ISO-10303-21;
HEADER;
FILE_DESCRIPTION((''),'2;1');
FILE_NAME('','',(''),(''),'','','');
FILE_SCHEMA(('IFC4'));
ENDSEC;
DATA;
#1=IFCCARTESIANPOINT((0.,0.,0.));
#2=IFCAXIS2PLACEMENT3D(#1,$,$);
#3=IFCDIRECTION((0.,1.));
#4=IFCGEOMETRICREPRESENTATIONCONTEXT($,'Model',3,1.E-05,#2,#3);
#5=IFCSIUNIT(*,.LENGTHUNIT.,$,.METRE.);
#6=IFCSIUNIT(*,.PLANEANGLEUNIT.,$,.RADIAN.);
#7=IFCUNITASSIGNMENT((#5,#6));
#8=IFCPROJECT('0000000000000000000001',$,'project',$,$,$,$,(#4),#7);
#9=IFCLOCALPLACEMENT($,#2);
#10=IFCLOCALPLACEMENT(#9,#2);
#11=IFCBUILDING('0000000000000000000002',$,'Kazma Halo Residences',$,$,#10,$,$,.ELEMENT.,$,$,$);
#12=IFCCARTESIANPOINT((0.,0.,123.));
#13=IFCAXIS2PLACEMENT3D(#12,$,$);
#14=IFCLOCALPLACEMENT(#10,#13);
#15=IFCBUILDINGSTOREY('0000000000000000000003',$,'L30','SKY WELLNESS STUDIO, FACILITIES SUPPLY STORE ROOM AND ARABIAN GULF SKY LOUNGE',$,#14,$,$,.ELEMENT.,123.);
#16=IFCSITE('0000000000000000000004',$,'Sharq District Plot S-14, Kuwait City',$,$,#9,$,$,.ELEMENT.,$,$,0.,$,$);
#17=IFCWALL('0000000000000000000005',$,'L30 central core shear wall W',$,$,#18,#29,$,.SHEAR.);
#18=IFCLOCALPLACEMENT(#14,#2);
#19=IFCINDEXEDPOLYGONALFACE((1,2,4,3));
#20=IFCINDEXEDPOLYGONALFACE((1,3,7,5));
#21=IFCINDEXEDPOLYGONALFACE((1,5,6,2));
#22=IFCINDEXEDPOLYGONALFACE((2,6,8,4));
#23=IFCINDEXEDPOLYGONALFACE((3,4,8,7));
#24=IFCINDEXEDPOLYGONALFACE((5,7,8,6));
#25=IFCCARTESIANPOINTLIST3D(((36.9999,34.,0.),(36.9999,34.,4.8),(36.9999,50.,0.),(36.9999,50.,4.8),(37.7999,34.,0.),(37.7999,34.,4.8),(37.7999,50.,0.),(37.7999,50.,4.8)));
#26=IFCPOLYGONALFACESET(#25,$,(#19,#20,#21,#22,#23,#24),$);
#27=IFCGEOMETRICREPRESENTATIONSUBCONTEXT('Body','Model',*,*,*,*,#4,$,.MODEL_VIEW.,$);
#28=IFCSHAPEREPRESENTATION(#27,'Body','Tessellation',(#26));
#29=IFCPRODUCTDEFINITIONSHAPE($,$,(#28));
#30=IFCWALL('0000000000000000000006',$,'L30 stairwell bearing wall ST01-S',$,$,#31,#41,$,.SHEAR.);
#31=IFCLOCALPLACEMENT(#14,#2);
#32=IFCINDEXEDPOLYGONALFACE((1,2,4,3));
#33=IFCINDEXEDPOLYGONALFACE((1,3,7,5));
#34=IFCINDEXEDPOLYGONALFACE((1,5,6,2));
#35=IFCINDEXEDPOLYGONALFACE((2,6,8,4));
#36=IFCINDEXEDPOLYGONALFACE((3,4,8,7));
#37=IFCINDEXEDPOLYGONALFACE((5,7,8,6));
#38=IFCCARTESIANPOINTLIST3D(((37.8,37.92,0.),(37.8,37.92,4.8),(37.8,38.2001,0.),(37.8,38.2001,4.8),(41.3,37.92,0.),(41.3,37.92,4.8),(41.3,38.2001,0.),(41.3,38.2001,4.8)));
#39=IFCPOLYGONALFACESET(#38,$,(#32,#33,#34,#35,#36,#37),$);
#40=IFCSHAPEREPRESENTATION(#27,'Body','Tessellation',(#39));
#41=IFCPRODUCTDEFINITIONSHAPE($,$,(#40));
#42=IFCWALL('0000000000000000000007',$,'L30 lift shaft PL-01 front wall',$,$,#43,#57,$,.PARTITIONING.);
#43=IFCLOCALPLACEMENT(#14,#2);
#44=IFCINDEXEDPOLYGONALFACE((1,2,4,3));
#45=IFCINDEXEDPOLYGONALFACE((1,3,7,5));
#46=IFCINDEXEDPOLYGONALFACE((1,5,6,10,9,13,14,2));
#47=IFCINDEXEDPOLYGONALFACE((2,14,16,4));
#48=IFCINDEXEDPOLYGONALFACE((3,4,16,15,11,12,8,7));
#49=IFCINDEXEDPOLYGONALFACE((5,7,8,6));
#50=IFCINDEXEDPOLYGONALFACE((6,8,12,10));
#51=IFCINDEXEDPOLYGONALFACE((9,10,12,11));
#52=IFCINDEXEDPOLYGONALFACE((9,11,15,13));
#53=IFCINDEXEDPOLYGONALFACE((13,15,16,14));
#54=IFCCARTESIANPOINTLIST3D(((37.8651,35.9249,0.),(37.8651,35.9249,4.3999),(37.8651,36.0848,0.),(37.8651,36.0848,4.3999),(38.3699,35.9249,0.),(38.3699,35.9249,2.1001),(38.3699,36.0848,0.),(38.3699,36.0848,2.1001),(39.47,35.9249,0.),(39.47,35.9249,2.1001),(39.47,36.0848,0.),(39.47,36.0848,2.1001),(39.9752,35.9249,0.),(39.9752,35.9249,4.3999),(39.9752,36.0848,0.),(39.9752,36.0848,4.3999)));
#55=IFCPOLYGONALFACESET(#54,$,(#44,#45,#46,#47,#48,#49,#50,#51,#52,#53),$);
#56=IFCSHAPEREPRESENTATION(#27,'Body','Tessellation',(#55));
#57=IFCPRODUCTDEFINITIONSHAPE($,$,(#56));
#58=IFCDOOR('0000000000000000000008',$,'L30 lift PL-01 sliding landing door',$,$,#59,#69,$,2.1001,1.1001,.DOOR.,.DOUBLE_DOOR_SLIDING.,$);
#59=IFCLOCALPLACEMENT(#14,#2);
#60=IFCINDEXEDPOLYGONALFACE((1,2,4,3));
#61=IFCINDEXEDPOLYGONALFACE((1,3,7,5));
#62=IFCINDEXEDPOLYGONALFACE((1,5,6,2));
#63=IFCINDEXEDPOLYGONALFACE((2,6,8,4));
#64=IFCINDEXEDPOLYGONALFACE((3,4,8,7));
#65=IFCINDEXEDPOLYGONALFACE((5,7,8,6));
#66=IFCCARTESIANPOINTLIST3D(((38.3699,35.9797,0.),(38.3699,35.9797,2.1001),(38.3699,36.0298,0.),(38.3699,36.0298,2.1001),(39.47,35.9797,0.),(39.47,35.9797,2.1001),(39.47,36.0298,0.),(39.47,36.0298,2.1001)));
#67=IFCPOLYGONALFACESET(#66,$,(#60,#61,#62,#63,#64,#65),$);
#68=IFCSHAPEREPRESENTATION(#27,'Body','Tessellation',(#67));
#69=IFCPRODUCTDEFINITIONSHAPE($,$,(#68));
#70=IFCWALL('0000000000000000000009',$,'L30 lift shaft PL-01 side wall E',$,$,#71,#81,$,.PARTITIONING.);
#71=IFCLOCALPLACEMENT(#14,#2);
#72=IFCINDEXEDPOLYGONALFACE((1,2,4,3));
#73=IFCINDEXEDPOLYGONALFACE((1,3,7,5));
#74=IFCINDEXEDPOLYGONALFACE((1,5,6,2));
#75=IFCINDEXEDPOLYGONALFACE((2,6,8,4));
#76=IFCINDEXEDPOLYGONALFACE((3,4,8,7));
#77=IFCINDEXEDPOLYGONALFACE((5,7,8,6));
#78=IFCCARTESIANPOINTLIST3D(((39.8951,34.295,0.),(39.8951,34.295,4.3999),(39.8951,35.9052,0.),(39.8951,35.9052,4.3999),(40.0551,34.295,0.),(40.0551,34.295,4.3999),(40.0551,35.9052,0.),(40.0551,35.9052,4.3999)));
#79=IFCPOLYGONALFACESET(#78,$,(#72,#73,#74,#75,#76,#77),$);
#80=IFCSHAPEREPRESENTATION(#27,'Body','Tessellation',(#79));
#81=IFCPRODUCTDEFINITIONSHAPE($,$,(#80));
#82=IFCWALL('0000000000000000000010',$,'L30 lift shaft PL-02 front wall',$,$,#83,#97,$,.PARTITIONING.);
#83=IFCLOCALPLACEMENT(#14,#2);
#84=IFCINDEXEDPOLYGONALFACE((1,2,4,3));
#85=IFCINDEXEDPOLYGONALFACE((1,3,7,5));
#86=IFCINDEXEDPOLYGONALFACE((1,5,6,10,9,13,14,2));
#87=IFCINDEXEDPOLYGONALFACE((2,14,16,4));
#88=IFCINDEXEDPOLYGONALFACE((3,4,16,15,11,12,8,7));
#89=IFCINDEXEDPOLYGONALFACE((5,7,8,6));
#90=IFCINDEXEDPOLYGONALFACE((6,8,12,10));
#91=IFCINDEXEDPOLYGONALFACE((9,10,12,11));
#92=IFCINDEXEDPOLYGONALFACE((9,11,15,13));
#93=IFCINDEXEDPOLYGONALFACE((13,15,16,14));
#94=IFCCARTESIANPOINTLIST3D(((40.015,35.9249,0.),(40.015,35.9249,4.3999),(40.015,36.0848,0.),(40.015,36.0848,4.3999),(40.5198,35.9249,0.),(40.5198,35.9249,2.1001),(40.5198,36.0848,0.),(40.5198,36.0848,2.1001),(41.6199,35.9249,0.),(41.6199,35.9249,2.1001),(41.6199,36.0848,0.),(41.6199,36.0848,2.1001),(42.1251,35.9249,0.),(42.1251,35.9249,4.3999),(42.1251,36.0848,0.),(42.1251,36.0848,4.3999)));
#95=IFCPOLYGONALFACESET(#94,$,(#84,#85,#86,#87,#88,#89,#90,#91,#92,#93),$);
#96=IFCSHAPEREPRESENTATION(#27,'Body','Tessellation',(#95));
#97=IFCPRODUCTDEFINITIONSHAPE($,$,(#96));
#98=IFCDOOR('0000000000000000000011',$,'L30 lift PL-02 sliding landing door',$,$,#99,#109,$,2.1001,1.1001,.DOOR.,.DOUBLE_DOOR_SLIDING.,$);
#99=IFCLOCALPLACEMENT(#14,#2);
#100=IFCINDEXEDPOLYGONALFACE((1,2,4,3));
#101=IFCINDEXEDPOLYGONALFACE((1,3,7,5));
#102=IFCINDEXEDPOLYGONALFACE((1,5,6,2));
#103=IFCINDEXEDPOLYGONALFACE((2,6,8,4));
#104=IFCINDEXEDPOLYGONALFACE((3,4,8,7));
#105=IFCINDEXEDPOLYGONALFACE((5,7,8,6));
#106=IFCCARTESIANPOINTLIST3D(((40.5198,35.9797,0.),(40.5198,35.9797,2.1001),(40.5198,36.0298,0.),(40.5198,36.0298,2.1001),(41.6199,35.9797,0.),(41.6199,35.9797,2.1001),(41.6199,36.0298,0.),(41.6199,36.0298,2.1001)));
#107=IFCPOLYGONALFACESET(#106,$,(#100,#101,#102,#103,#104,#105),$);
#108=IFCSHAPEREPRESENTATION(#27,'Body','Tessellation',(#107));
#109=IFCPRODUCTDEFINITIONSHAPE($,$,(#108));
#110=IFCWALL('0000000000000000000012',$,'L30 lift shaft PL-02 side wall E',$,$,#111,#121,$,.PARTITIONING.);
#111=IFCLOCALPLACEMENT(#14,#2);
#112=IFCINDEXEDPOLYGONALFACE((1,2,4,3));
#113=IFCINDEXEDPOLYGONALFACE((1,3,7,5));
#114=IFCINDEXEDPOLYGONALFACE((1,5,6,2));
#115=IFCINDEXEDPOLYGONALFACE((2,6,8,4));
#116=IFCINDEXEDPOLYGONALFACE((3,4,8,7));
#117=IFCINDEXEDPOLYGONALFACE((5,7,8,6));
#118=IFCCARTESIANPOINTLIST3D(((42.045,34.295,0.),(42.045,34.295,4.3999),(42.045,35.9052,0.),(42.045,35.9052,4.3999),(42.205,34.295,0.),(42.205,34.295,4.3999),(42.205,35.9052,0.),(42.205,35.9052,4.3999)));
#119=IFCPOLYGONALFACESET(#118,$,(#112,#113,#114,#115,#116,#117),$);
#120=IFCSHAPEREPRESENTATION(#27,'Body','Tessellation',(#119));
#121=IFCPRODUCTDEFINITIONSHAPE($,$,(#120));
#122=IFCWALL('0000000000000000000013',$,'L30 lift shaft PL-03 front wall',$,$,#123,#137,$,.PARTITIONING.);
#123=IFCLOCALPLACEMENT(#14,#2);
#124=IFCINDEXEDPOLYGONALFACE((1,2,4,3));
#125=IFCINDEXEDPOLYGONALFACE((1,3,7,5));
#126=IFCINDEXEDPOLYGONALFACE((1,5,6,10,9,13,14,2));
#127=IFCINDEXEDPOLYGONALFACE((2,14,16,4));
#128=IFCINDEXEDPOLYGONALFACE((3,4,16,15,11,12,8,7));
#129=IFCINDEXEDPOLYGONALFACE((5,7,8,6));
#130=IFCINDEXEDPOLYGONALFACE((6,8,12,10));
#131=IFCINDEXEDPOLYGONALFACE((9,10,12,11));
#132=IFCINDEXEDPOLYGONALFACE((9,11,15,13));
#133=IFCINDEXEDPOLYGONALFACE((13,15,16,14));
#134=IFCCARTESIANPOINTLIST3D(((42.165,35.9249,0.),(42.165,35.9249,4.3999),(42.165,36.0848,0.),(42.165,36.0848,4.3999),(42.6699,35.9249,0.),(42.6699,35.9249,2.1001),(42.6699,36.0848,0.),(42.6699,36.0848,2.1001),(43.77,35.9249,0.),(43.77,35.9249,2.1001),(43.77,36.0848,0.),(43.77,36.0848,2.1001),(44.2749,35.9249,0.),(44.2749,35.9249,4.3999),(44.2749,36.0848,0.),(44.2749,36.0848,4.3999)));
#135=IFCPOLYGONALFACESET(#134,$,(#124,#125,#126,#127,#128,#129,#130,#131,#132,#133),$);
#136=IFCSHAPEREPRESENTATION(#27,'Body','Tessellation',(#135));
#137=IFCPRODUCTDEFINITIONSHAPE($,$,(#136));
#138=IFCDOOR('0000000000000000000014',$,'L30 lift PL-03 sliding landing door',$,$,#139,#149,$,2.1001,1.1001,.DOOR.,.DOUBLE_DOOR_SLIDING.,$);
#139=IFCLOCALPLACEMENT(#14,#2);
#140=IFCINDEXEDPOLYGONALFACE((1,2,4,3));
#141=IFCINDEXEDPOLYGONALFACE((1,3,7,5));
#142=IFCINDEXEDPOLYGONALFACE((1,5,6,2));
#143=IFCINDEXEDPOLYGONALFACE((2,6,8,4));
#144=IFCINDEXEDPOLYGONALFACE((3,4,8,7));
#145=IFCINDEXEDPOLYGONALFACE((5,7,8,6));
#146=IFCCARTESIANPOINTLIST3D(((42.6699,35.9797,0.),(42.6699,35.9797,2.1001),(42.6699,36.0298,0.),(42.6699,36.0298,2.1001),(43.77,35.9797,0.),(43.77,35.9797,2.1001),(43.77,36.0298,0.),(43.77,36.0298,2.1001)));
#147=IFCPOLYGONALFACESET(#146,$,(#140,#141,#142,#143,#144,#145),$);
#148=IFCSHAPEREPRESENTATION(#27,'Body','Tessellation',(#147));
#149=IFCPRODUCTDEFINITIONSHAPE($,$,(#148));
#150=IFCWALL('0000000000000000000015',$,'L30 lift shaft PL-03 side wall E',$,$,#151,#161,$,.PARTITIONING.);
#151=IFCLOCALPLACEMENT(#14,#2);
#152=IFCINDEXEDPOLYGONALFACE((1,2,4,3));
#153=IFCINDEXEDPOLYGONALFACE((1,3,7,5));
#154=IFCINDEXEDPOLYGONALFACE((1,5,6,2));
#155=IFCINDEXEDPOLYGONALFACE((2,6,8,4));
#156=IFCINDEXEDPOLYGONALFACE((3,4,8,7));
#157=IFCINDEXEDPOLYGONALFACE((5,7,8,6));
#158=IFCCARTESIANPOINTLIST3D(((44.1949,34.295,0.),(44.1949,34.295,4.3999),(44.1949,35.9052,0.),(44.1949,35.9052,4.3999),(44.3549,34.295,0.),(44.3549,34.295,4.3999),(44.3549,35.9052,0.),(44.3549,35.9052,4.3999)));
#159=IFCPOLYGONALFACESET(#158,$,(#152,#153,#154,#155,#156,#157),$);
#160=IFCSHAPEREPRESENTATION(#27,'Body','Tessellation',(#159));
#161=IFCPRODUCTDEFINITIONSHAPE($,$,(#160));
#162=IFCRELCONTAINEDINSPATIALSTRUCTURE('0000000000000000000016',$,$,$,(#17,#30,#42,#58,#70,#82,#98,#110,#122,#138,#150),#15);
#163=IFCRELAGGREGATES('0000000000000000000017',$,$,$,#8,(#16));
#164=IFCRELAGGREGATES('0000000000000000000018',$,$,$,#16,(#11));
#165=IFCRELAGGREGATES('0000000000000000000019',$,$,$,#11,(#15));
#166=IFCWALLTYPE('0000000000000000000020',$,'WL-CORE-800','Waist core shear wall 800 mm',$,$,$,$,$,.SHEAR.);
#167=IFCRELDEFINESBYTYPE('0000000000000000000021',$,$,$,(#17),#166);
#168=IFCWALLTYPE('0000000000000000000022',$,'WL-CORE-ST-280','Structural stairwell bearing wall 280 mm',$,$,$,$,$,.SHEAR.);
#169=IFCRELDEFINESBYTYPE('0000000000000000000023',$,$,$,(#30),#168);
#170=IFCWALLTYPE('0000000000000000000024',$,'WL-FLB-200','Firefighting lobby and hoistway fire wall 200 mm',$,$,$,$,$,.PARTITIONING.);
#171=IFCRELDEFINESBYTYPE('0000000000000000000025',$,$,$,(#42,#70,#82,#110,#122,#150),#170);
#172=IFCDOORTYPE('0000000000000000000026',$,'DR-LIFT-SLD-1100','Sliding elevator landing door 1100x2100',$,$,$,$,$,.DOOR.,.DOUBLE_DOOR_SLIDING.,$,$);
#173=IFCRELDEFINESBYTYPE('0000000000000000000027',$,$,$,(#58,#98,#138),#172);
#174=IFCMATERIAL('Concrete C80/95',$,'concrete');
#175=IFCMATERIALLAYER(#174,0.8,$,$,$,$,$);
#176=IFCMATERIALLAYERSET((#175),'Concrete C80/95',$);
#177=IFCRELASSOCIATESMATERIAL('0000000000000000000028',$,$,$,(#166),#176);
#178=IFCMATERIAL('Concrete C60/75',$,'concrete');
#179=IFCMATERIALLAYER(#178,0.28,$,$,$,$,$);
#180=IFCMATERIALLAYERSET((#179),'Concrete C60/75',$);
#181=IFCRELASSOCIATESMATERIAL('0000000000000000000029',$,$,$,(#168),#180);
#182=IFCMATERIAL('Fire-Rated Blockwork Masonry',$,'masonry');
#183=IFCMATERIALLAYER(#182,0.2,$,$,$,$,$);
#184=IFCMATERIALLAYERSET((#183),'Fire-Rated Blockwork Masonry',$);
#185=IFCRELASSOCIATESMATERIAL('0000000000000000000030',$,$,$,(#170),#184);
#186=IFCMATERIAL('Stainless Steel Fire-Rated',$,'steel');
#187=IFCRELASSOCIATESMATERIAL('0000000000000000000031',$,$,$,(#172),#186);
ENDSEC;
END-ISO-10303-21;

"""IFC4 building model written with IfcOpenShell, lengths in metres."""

from ifc_helpers import new_model, si_unit, direction, frame, frame_2d, origin, place, context, subcontext, project, spatial, rectangle, extrude, material, layer, layer_set, type_object, element, fill, save


model = new_model("IFC4")

# Units and contexts
model_context = context("Model", 3, precision=1e-05, world=origin(), true_north=direction((0.0, 1.0)))
body_context = subcontext(model_context, "Body", "Model", "MODEL_VIEW")
ifc_project = project(units=[si_unit("LENGTHUNIT", "METRE"), si_unit("PLANEANGLEUNIT", "RADIAN")], contexts=[model_context])

# Site, building, storey
site_placement = place(None, origin())
site = spatial("IfcSite", under=ifc_project, at=site_placement, Name="Sharq District Plot S-14, Kuwait City", CompositionType="ELEMENT", RefElevation=0.0)
building_placement = place(site_placement, origin())
building = spatial("IfcBuilding", under=site, at=building_placement, Name="Kazma Halo Residences", CompositionType="ELEMENT")
storey_placement = place(building_placement, frame((0.0, 0.0, 123.0)))
storey = spatial("IfcBuildingStorey", under=building, at=storey_placement, Name="L30", Description="SKY WELLNESS STUDIO, FACILITIES SUPPLY STORE ROOM AND ARABIAN GULF SKY LOUNGE", CompositionType="ELEMENT", Elevation=123.0)

# Walls
ifc_material_1 = material(Name="Concrete C80/95", Category="concrete")
ifc_layer_1 = layer(ifc_material_1, 0.8)
ifc_layer_set_1 = layer_set([ifc_layer_1], Name="Concrete C80/95")
wall_type_1 = type_object("IfcWallType", Name="WL-CORE-800", Description="Waist core shear wall 800 mm", PredefinedType="SHEAR", material=ifc_layer_set_1)
wall_1_placement = place(storey_placement, frame((37.3999, 34.0, 0.0), z_axis=(0.0, 0.0, 1.0), x_axis=(0.0, 1.0, 0.0)))
element("IfcWall", 1, at=wall_1_placement, inside=storey, type_object=wall_type_1, Name="L30 central core shear wall W", PredefinedType="SHEAR", context=body_context, shape_type="SweptSolid", body=[
    extrude(rectangle(XDim=16.0, YDim=0.8, at=frame_2d((8.0, 0.0))), origin(), (0.0, 0.0, 1.0), 4.8),
])
ifc_material_2 = material(Name="Concrete C60/75", Category="concrete")
ifc_layer_2 = layer(ifc_material_2, 0.28)
ifc_layer_set_2 = layer_set([ifc_layer_2], Name="Concrete C60/75")
wall_type_2 = type_object("IfcWallType", Name="WL-CORE-ST-280", Description="Structural stairwell bearing wall 280 mm", PredefinedType="SHEAR", material=ifc_layer_set_2)
wall_2_placement = place(storey_placement, frame((37.8, 38.0601, 0.0), z_axis=(0.0, 0.0, 1.0), x_axis=(1.0, 0.0, 0.0)))
element("IfcWall", 2, at=wall_2_placement, inside=storey, type_object=wall_type_2, Name="L30 stairwell bearing wall ST01-S", PredefinedType="SHEAR", context=body_context, shape_type="SweptSolid", body=[
    extrude(rectangle(XDim=3.5, YDim=0.28, at=frame_2d((1.75, 0.0))), origin(), (0.0, 0.0, 1.0), 4.8),
])

# Wall, opening, door
ifc_material_3 = material(Name="Fire-Rated Blockwork Masonry", Category="masonry")
ifc_layer_3 = layer(ifc_material_3, 0.2)
ifc_layer_set_3 = layer_set([ifc_layer_3], Name="Fire-Rated Blockwork Masonry")
wall_type_3 = type_object("IfcWallType", Name="WL-FLB-200", Description="Firefighting lobby and hoistway fire wall 200 mm", PredefinedType="PARTITIONING", material=ifc_layer_set_3)
wall_3_placement = place(storey_placement, frame((37.865, 36.0049, 0.0), z_axis=(0.0, 0.0, 1.0), x_axis=(1.0, 0.0, 0.0)))
wall_3 = element("IfcWall", 3, at=wall_3_placement, inside=storey, type_object=wall_type_3, Name="L30 lift shaft PL-01 front wall", PredefinedType="PARTITIONING", context=body_context, shape_type="SweptSolid", body=[
    extrude(rectangle(XDim=2.1101, YDim=0.1599, at=frame_2d((1.0552, 0.0))), origin(), (0.0, 0.0, 1.0), 4.3999),
])
opening_1_placement = place(wall_3_placement, frame((0.5049, 0.0, 0.0)))
opening_1 = element("IfcOpeningElement", 4, at=opening_1_placement, cuts=wall_3, PredefinedType="OPENING", context=body_context, shape_type="SweptSolid", body=[
    extrude(rectangle(XDim=1.1001, YDim=2.1001, at=frame_2d((0.55, 1.05))), frame((0.0, 0.0898, 0.0), z_axis=(0.0, -1.0, 0.0), x_axis=(1.0, 0.0, 0.0)), (0.0, 0.0, 1.0), 0.1799),
])
ifc_material_4 = material(Name="Stainless Steel Fire-Rated", Category="steel")
door_type_1 = type_object("IfcDoorType", Name="DR-LIFT-SLD-1100", Description="Sliding elevator landing door 1100x2100", OperationType="DOUBLE_DOOR_SLIDING", PredefinedType="DOOR", material=ifc_material_4)
door_1_placement = place(opening_1_placement, origin())
door_1 = element("IfcDoor", 5, at=door_1_placement, inside=storey, type_object=door_type_1, Name="L30 lift PL-01 sliding landing door", OperationType="DOUBLE_DOOR_SLIDING", OverallHeight=2.1001, OverallWidth=1.1001, PredefinedType="DOOR", context=body_context, shape_type="SweptSolid", body=[
    extrude(rectangle(XDim=1.1001, YDim=2.1001, at=frame_2d((0.55, 1.05))), frame((0.0, 0.0249, 0.0), z_axis=(0.0, -1.0, 0.0), x_axis=(1.0, 0.0, 0.0)), (0.0, 0.0, 1.0), 0.05),
])
fill(opening_1, door_1)

# Wall
wall_4_placement = place(storey_placement, frame((39.9751, 34.2949, 0.0), z_axis=(0.0, 0.0, 1.0), x_axis=(0.0, 1.0, 0.0)))
element("IfcWall", 6, at=wall_4_placement, inside=storey, type_object=wall_type_3, Name="L30 lift shaft PL-01 side wall E", PredefinedType="PARTITIONING", context=body_context, shape_type="SweptSolid", body=[
    extrude(rectangle(XDim=1.6101, YDim=0.1599, at=frame_2d((0.8052, 0.0))), origin(), (0.0, 0.0, 1.0), 4.3999),
])

# Wall, opening, door
wall_5_placement = place(storey_placement, frame((40.0149, 36.0049, 0.0), z_axis=(0.0, 0.0, 1.0), x_axis=(1.0, 0.0, 0.0)))
wall_5 = element("IfcWall", 7, at=wall_5_placement, inside=storey, type_object=wall_type_3, Name="L30 lift shaft PL-02 front wall", PredefinedType="PARTITIONING", context=body_context, shape_type="SweptSolid", body=[
    extrude(rectangle(XDim=2.1101, YDim=0.1599, at=frame_2d((1.0552, 0.0))), origin(), (0.0, 0.0, 1.0), 4.3999),
])
opening_2_placement = place(wall_5_placement, frame((0.5049, 0.0, 0.0)))
opening_2 = element("IfcOpeningElement", 8, at=opening_2_placement, cuts=wall_5, PredefinedType="OPENING", context=body_context, shape_type="SweptSolid", body=[
    extrude(rectangle(XDim=1.1001, YDim=2.1001, at=frame_2d((0.55, 1.05))), frame((0.0, 0.0898, 0.0), z_axis=(0.0, -1.0, 0.0), x_axis=(1.0, 0.0, 0.0)), (0.0, 0.0, 1.0), 0.1799),
])
door_2_placement = place(opening_2_placement, origin())
door_2 = element("IfcDoor", 9, at=door_2_placement, inside=storey, type_object=door_type_1, Name="L30 lift PL-02 sliding landing door", OperationType="DOUBLE_DOOR_SLIDING", OverallHeight=2.1001, OverallWidth=1.1001, PredefinedType="DOOR", context=body_context, shape_type="SweptSolid", body=[
    extrude(rectangle(XDim=1.1001, YDim=2.1001, at=frame_2d((0.55, 1.05))), frame((0.0, 0.0249, 0.0), z_axis=(0.0, -1.0, 0.0), x_axis=(1.0, 0.0, 0.0)), (0.0, 0.0, 1.0), 0.05),
])
fill(opening_2, door_2)

# Wall
wall_6_placement = place(storey_placement, frame((42.125, 34.2949, 0.0), z_axis=(0.0, 0.0, 1.0), x_axis=(0.0, 1.0, 0.0)))
element("IfcWall", 10, at=wall_6_placement, inside=storey, type_object=wall_type_3, Name="L30 lift shaft PL-02 side wall E", PredefinedType="PARTITIONING", context=body_context, shape_type="SweptSolid", body=[
    extrude(rectangle(XDim=1.6101, YDim=0.1599, at=frame_2d((0.8052, 0.0))), origin(), (0.0, 0.0, 1.0), 4.3999),
])

# Wall, opening, door
wall_7_placement = place(storey_placement, frame((42.165, 36.0049, 0.0), z_axis=(0.0, 0.0, 1.0), x_axis=(1.0, 0.0, 0.0)))
wall_7 = element("IfcWall", 11, at=wall_7_placement, inside=storey, type_object=wall_type_3, Name="L30 lift shaft PL-03 front wall", PredefinedType="PARTITIONING", context=body_context, shape_type="SweptSolid", body=[
    extrude(rectangle(XDim=2.1099, YDim=0.1599, at=frame_2d((1.0549, 0.0))), origin(), (0.0, 0.0, 1.0), 4.3999),
])
opening_3_placement = place(wall_7_placement, frame((0.5049, 0.0, 0.0)))
opening_3 = element("IfcOpeningElement", 12, at=opening_3_placement, cuts=wall_7, PredefinedType="OPENING", context=body_context, shape_type="SweptSolid", body=[
    extrude(rectangle(XDim=1.1001, YDim=2.1001, at=frame_2d((0.55, 1.05))), frame((0.0, 0.0898, 0.0), z_axis=(0.0, -1.0, 0.0), x_axis=(1.0, 0.0, 0.0)), (0.0, 0.0, 1.0), 0.1799),
])
door_3_placement = place(opening_3_placement, origin())
door_3 = element("IfcDoor", 13, at=door_3_placement, inside=storey, type_object=door_type_1, Name="L30 lift PL-03 sliding landing door", OperationType="DOUBLE_DOOR_SLIDING", OverallHeight=2.1001, OverallWidth=1.1001, PredefinedType="DOOR", context=body_context, shape_type="SweptSolid", body=[
    extrude(rectangle(XDim=1.1001, YDim=2.1001, at=frame_2d((0.55, 1.05))), frame((0.0, 0.0249, 0.0), z_axis=(0.0, -1.0, 0.0), x_axis=(1.0, 0.0, 0.0)), (0.0, 0.0, 1.0), 0.05),
])
fill(opening_3, door_3)

# Wall
wall_8_placement = place(storey_placement, frame((44.2749, 34.2949, 0.0), z_axis=(0.0, 0.0, 1.0), x_axis=(0.0, 1.0, 0.0)))
element("IfcWall", 14, at=wall_8_placement, inside=storey, type_object=wall_type_3, Name="L30 lift shaft PL-03 side wall E", PredefinedType="PARTITIONING", context=body_context, shape_type="SweptSolid", body=[
    extrude(rectangle(XDim=1.6101, YDim=0.1599, at=frame_2d((0.8052, 0.0))), origin(), (0.0, 0.0, 1.0), 4.3999),
])

save(model, "model.ifc")
